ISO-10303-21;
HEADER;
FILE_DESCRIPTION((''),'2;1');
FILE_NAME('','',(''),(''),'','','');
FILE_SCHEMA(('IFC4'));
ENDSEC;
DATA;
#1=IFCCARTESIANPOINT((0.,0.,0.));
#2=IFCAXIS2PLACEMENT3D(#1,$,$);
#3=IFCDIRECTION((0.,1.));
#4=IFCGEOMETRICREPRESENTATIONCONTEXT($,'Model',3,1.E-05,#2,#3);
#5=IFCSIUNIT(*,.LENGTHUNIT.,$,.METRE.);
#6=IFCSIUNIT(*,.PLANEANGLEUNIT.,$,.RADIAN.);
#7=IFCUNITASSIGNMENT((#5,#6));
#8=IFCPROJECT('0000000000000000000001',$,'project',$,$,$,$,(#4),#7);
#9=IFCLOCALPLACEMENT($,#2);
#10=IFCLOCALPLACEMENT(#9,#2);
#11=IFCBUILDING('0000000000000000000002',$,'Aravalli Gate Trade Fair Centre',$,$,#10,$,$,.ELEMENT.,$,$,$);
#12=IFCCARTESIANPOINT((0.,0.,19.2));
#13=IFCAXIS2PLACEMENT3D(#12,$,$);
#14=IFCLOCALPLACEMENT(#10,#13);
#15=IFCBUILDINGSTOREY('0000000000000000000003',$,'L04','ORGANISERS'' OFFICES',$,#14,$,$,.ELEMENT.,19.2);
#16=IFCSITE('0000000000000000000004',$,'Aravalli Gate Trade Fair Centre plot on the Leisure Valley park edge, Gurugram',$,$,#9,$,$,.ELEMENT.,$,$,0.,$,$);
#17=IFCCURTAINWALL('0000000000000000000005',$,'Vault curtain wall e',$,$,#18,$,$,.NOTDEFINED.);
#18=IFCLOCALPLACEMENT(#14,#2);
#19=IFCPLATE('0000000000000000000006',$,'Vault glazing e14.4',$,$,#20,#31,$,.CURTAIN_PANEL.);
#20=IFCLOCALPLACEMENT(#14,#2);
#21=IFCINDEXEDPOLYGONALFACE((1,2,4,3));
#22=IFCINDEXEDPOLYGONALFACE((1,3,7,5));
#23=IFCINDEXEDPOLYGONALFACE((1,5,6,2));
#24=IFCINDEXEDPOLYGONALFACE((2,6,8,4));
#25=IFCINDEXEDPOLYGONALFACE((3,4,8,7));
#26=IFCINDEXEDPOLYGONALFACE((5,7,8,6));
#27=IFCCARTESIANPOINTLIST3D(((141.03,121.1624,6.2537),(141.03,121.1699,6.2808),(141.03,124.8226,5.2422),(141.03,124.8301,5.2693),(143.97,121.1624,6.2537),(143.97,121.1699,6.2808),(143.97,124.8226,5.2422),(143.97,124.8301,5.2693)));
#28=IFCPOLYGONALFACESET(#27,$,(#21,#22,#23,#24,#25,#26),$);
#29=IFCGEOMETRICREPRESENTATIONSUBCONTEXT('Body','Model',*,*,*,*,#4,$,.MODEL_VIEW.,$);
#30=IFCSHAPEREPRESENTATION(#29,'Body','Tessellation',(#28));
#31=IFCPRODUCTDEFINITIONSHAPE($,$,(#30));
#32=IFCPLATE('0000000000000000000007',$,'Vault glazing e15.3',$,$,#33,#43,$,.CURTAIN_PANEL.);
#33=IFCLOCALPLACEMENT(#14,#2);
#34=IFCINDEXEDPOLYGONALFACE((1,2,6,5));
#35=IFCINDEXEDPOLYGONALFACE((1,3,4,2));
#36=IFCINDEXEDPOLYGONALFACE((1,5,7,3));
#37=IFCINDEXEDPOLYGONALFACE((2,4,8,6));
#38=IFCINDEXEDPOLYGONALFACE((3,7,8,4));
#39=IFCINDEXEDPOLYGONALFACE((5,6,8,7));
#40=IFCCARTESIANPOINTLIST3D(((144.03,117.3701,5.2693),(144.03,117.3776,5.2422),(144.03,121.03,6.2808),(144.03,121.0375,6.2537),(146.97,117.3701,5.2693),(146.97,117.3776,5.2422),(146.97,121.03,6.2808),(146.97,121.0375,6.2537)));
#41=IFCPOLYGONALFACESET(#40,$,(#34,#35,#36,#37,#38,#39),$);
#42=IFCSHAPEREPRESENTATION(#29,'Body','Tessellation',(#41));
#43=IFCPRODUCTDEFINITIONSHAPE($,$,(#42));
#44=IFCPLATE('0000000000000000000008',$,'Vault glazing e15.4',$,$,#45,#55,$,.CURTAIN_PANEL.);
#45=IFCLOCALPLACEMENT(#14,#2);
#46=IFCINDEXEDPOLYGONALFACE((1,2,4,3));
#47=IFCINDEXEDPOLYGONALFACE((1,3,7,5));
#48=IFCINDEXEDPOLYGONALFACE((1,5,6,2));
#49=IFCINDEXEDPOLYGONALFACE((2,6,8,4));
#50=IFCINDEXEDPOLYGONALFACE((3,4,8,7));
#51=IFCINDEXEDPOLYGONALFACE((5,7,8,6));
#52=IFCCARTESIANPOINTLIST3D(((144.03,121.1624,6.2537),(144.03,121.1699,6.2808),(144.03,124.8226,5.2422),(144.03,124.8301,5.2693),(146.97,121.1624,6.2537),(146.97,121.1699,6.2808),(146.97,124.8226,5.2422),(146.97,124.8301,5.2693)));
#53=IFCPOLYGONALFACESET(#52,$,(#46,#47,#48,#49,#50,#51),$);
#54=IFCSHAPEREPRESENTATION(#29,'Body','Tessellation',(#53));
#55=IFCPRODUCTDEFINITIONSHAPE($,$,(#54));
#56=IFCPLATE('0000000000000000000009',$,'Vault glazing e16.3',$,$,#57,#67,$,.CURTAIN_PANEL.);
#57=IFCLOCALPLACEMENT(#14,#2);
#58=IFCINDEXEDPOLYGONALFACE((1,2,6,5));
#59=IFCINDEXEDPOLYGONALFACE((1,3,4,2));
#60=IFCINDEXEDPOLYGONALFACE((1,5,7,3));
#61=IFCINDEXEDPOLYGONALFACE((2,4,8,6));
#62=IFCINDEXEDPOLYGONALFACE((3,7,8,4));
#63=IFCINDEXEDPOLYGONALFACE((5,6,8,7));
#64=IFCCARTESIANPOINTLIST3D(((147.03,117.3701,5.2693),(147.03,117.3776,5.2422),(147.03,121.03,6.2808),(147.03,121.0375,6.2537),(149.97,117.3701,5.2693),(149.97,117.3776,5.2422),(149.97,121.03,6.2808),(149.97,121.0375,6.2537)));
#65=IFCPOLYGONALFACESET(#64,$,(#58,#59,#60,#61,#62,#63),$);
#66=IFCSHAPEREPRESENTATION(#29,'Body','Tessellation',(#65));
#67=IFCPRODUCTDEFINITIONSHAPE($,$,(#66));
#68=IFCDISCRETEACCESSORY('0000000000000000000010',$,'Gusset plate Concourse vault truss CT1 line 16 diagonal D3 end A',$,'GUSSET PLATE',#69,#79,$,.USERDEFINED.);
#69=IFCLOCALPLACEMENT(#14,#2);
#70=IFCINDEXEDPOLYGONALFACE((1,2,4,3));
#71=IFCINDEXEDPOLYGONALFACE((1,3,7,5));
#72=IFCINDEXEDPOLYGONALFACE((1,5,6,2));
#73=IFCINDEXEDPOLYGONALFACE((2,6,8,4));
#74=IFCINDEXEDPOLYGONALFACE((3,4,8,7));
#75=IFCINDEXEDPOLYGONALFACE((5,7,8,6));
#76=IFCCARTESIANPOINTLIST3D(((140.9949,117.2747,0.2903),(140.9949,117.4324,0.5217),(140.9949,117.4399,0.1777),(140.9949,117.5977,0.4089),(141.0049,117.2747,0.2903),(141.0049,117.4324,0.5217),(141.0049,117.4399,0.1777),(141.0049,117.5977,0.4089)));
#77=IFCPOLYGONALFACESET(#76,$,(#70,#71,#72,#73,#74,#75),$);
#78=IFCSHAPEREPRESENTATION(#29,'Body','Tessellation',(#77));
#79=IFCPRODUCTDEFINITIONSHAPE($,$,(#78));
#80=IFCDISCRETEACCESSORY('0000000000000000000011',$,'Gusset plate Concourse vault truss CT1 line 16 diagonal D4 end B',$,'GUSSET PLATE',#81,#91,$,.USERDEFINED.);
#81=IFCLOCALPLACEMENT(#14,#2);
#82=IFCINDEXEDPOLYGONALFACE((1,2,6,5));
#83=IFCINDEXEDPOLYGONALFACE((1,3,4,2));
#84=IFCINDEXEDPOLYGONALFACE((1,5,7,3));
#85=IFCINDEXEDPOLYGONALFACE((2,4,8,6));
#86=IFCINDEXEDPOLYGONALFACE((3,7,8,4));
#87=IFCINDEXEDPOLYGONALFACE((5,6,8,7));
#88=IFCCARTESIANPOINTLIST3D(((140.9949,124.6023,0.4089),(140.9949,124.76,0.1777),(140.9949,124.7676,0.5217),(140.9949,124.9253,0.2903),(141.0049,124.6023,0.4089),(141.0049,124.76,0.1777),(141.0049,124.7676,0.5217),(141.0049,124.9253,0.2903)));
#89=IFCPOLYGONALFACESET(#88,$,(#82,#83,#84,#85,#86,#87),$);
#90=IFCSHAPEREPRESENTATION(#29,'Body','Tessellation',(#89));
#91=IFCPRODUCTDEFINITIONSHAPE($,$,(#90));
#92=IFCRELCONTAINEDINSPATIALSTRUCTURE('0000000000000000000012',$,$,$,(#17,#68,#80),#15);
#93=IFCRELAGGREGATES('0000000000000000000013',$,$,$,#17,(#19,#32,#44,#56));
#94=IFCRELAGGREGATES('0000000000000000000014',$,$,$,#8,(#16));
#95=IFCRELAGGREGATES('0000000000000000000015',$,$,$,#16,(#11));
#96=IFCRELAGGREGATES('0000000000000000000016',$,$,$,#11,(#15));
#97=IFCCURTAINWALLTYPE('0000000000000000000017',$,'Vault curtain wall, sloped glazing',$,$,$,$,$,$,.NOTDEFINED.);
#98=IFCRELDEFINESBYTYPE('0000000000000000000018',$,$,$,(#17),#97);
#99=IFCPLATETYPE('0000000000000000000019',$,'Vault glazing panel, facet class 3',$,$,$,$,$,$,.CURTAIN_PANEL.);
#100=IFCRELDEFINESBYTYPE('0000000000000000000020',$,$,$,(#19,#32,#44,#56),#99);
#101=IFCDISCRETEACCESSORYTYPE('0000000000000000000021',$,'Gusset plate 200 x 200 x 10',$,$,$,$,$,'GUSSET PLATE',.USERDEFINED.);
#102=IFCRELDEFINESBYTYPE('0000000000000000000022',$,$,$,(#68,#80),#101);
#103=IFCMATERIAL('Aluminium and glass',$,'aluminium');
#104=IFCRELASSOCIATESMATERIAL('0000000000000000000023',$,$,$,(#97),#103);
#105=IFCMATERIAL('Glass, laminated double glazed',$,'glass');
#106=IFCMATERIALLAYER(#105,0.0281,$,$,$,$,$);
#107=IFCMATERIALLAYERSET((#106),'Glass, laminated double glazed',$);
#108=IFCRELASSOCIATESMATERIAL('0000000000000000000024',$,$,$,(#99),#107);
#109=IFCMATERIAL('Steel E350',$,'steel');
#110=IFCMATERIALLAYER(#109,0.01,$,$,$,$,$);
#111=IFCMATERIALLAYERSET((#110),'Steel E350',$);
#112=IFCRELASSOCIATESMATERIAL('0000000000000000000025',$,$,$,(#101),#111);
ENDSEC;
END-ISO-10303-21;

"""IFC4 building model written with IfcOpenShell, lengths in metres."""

from ifc_helpers import new_model, si_unit, direction, frame, origin, place, context, subcontext, project, spatial, polyline, outline, extrude, material, layer, layer_set, type_object, element, aggregate, save


model = new_model("IFC4")

# Units and contexts
model_context = context("Model", 3, precision=1e-05, world=origin(), true_north=direction((0.0, 1.0)))
body_context = subcontext(model_context, "Body", "Model", "MODEL_VIEW")
ifc_project = project(units=[si_unit("LENGTHUNIT", "METRE"), si_unit("PLANEANGLEUNIT", "RADIAN")], contexts=[model_context])

# Site, building, storey
site_placement = place(None, origin())
site = spatial("IfcSite", under=ifc_project, at=site_placement, Name="Aravalli Gate Trade Fair Centre plot on the Leisure Valley park edge, Gurugram", CompositionType="ELEMENT", RefElevation=0.0)
building_placement = place(site_placement, origin())
building = spatial("IfcBuilding", under=site, at=building_placement, Name="Aravalli Gate Trade Fair Centre", CompositionType="ELEMENT")
storey_placement = place(building_placement, frame((0.0, 0.0, 19.2)))
storey = spatial("IfcBuildingStorey", under=building, at=storey_placement, Name="L04", Description="ORGANISERS' OFFICES", CompositionType="ELEMENT", Elevation=19.2)

# Curtain wall, plates
ifc_material_1 = material(Name="Aluminium and glass", Category="aluminium")
curtain_wall_type = type_object("IfcCurtainWallType", Name="Vault curtain wall, sloped glazing", PredefinedType="NOTDEFINED", material=ifc_material_1)
curtain_wall_placement = place(storey_placement, origin())
curtain_wall = element("IfcCurtainWall", 1, at=curtain_wall_placement, inside=storey, type_object=curtain_wall_type, Name="Vault curtain wall e", PredefinedType="NOTDEFINED")
ifc_material_2 = material(Name="Glass, laminated double glazed", Category="glass")
ifc_layer_1 = layer(ifc_material_2, 0.0281)
ifc_layer_set_1 = layer_set([ifc_layer_1], Name="Glass, laminated double glazed")
plate_type_1 = type_object("IfcPlateType", Name="Vault glazing panel, facet class 3", PredefinedType="CURTAIN_PANEL", material=ifc_layer_set_1)
plate_1_placement = place(storey_placement, frame((141.03, 121.1699, 6.2808), z_axis=(0.0, 0.266364, 0.963873), x_axis=(1.0, 0.0, 0.0)))
plate_1 = element("IfcPlate", 2, at=plate_1_placement, type_object=plate_type_1, Name="Vault glazing e14.4", PredefinedType="CURTAIN_PANEL", context=body_context, shape_type="SweptSolid", body=[
    extrude(outline(polyline([(0.0, 0.0), (2.9399, 0.0), (2.9399, 3.7973), (0.0, 3.7973), (0.0, 0.0)])), origin(), (0.0, 0.0, -1.0), 0.0281),
])
plate_2_placement = place(storey_placement, frame((144.03, 117.3701, 5.2693), z_axis=(0.0, -0.26638, 0.963868), x_axis=(1.0, 0.0, 0.0)))
plate_2 = element("IfcPlate", 3, at=plate_2_placement, type_object=plate_type_1, Name="Vault glazing e15.3", PredefinedType="CURTAIN_PANEL", context=body_context, shape_type="SweptSolid", body=[
    extrude(outline(polyline([(0.0, 0.0), (2.9399, 0.0), (2.9399, 3.7971), (0.0, 3.7971), (0.0, 0.0)])), origin(), (0.0, 0.0, -1.0), 0.0281),
])
plate_3_placement = place(storey_placement, frame((144.03, 121.1699, 6.2808), z_axis=(0.0, 0.266364, 0.963873), x_axis=(1.0, 0.0, 0.0)))
plate_3 = element("IfcPlate", 4, at=plate_3_placement, type_object=plate_type_1, Name="Vault glazing e15.4", PredefinedType="CURTAIN_PANEL", context=body_context, shape_type="SweptSolid", body=[
    extrude(outline(polyline([(0.0, 0.0), (2.9399, 0.0), (2.9399, 3.7973), (0.0, 3.7973), (0.0, 0.0)])), origin(), (0.0, 0.0, -1.0), 0.0281),
])
plate_4_placement = place(storey_placement, frame((147.03, 117.3701, 5.2693), z_axis=(0.0, -0.26638, 0.963868), x_axis=(1.0, 0.0, 0.0)))
plate_4 = element("IfcPlate", 5, at=plate_4_placement, type_object=plate_type_1, Name="Vault glazing e16.3", PredefinedType="CURTAIN_PANEL", context=body_context, shape_type="SweptSolid", body=[
    extrude(outline(polyline([(0.0, 0.0), (2.9399, 0.0), (2.9399, 3.7971), (0.0, 3.7971), (0.0, 0.0)])), origin(), (0.0, 0.0, -1.0), 0.0281),
])
aggregate(curtain_wall, [plate_1, plate_2, plate_3, plate_4])

# Discrete accessories
ifc_material_3 = material(Name="Steel E350", Category="steel")
ifc_layer_2 = layer(ifc_material_3, 0.01)
ifc_layer_set_2 = layer_set([ifc_layer_2], Name="Steel E350")
discrete_accessory_type = type_object("IfcDiscreteAccessoryType", Name="Gusset plate 200 x 200 x 10", ElementType="GUSSET PLATE", PredefinedType="USERDEFINED", material=ifc_layer_set_2)
discrete_accessory_1_placement = place(storey_placement, frame((141.0049, 117.4324, 0.5217), z_axis=(1.0, 0.0, 0.0), x_axis=(0.0, -0.56312, -0.826375)))
element("IfcDiscreteAccessory", 6, at=discrete_accessory_1_placement, inside=storey, type_object=discrete_accessory_type, Name="Gusset plate Concourse vault truss CT1 line 16 diagonal D3 end A", ObjectType="GUSSET PLATE", PredefinedType="USERDEFINED", context=body_context, shape_type="SweptSolid", body=[
    extrude(outline(polyline([(0.0, 0.0), (0.2801, 0.0), (0.28, 0.2), (0.0001, 0.2001), (0.0, 0.0)])), origin(), (0.0, 0.0, -1.0), 0.01),
])
discrete_accessory_2_placement = place(storey_placement, frame((141.0049, 124.6023, 0.4089), z_axis=(1.0, 0.0, 0.0), x_axis=(0.0, 0.563526, -0.826098)))
element("IfcDiscreteAccessory", 7, at=discrete_accessory_2_placement, inside=storey, type_object=discrete_accessory_type, Name="Gusset plate Concourse vault truss CT1 line 16 diagonal D4 end B", ObjectType="GUSSET PLATE", PredefinedType="USERDEFINED", context=body_context, shape_type="SweptSolid", body=[
    extrude(outline(polyline([(0.0, 0.0), (0.2799, 0.0), (0.28, 0.2), (0.0, 0.2001), (0.0, 0.0)])), origin(), (0.0, 0.0, -1.0), 0.01),
])

save(model, "model.ifc")
